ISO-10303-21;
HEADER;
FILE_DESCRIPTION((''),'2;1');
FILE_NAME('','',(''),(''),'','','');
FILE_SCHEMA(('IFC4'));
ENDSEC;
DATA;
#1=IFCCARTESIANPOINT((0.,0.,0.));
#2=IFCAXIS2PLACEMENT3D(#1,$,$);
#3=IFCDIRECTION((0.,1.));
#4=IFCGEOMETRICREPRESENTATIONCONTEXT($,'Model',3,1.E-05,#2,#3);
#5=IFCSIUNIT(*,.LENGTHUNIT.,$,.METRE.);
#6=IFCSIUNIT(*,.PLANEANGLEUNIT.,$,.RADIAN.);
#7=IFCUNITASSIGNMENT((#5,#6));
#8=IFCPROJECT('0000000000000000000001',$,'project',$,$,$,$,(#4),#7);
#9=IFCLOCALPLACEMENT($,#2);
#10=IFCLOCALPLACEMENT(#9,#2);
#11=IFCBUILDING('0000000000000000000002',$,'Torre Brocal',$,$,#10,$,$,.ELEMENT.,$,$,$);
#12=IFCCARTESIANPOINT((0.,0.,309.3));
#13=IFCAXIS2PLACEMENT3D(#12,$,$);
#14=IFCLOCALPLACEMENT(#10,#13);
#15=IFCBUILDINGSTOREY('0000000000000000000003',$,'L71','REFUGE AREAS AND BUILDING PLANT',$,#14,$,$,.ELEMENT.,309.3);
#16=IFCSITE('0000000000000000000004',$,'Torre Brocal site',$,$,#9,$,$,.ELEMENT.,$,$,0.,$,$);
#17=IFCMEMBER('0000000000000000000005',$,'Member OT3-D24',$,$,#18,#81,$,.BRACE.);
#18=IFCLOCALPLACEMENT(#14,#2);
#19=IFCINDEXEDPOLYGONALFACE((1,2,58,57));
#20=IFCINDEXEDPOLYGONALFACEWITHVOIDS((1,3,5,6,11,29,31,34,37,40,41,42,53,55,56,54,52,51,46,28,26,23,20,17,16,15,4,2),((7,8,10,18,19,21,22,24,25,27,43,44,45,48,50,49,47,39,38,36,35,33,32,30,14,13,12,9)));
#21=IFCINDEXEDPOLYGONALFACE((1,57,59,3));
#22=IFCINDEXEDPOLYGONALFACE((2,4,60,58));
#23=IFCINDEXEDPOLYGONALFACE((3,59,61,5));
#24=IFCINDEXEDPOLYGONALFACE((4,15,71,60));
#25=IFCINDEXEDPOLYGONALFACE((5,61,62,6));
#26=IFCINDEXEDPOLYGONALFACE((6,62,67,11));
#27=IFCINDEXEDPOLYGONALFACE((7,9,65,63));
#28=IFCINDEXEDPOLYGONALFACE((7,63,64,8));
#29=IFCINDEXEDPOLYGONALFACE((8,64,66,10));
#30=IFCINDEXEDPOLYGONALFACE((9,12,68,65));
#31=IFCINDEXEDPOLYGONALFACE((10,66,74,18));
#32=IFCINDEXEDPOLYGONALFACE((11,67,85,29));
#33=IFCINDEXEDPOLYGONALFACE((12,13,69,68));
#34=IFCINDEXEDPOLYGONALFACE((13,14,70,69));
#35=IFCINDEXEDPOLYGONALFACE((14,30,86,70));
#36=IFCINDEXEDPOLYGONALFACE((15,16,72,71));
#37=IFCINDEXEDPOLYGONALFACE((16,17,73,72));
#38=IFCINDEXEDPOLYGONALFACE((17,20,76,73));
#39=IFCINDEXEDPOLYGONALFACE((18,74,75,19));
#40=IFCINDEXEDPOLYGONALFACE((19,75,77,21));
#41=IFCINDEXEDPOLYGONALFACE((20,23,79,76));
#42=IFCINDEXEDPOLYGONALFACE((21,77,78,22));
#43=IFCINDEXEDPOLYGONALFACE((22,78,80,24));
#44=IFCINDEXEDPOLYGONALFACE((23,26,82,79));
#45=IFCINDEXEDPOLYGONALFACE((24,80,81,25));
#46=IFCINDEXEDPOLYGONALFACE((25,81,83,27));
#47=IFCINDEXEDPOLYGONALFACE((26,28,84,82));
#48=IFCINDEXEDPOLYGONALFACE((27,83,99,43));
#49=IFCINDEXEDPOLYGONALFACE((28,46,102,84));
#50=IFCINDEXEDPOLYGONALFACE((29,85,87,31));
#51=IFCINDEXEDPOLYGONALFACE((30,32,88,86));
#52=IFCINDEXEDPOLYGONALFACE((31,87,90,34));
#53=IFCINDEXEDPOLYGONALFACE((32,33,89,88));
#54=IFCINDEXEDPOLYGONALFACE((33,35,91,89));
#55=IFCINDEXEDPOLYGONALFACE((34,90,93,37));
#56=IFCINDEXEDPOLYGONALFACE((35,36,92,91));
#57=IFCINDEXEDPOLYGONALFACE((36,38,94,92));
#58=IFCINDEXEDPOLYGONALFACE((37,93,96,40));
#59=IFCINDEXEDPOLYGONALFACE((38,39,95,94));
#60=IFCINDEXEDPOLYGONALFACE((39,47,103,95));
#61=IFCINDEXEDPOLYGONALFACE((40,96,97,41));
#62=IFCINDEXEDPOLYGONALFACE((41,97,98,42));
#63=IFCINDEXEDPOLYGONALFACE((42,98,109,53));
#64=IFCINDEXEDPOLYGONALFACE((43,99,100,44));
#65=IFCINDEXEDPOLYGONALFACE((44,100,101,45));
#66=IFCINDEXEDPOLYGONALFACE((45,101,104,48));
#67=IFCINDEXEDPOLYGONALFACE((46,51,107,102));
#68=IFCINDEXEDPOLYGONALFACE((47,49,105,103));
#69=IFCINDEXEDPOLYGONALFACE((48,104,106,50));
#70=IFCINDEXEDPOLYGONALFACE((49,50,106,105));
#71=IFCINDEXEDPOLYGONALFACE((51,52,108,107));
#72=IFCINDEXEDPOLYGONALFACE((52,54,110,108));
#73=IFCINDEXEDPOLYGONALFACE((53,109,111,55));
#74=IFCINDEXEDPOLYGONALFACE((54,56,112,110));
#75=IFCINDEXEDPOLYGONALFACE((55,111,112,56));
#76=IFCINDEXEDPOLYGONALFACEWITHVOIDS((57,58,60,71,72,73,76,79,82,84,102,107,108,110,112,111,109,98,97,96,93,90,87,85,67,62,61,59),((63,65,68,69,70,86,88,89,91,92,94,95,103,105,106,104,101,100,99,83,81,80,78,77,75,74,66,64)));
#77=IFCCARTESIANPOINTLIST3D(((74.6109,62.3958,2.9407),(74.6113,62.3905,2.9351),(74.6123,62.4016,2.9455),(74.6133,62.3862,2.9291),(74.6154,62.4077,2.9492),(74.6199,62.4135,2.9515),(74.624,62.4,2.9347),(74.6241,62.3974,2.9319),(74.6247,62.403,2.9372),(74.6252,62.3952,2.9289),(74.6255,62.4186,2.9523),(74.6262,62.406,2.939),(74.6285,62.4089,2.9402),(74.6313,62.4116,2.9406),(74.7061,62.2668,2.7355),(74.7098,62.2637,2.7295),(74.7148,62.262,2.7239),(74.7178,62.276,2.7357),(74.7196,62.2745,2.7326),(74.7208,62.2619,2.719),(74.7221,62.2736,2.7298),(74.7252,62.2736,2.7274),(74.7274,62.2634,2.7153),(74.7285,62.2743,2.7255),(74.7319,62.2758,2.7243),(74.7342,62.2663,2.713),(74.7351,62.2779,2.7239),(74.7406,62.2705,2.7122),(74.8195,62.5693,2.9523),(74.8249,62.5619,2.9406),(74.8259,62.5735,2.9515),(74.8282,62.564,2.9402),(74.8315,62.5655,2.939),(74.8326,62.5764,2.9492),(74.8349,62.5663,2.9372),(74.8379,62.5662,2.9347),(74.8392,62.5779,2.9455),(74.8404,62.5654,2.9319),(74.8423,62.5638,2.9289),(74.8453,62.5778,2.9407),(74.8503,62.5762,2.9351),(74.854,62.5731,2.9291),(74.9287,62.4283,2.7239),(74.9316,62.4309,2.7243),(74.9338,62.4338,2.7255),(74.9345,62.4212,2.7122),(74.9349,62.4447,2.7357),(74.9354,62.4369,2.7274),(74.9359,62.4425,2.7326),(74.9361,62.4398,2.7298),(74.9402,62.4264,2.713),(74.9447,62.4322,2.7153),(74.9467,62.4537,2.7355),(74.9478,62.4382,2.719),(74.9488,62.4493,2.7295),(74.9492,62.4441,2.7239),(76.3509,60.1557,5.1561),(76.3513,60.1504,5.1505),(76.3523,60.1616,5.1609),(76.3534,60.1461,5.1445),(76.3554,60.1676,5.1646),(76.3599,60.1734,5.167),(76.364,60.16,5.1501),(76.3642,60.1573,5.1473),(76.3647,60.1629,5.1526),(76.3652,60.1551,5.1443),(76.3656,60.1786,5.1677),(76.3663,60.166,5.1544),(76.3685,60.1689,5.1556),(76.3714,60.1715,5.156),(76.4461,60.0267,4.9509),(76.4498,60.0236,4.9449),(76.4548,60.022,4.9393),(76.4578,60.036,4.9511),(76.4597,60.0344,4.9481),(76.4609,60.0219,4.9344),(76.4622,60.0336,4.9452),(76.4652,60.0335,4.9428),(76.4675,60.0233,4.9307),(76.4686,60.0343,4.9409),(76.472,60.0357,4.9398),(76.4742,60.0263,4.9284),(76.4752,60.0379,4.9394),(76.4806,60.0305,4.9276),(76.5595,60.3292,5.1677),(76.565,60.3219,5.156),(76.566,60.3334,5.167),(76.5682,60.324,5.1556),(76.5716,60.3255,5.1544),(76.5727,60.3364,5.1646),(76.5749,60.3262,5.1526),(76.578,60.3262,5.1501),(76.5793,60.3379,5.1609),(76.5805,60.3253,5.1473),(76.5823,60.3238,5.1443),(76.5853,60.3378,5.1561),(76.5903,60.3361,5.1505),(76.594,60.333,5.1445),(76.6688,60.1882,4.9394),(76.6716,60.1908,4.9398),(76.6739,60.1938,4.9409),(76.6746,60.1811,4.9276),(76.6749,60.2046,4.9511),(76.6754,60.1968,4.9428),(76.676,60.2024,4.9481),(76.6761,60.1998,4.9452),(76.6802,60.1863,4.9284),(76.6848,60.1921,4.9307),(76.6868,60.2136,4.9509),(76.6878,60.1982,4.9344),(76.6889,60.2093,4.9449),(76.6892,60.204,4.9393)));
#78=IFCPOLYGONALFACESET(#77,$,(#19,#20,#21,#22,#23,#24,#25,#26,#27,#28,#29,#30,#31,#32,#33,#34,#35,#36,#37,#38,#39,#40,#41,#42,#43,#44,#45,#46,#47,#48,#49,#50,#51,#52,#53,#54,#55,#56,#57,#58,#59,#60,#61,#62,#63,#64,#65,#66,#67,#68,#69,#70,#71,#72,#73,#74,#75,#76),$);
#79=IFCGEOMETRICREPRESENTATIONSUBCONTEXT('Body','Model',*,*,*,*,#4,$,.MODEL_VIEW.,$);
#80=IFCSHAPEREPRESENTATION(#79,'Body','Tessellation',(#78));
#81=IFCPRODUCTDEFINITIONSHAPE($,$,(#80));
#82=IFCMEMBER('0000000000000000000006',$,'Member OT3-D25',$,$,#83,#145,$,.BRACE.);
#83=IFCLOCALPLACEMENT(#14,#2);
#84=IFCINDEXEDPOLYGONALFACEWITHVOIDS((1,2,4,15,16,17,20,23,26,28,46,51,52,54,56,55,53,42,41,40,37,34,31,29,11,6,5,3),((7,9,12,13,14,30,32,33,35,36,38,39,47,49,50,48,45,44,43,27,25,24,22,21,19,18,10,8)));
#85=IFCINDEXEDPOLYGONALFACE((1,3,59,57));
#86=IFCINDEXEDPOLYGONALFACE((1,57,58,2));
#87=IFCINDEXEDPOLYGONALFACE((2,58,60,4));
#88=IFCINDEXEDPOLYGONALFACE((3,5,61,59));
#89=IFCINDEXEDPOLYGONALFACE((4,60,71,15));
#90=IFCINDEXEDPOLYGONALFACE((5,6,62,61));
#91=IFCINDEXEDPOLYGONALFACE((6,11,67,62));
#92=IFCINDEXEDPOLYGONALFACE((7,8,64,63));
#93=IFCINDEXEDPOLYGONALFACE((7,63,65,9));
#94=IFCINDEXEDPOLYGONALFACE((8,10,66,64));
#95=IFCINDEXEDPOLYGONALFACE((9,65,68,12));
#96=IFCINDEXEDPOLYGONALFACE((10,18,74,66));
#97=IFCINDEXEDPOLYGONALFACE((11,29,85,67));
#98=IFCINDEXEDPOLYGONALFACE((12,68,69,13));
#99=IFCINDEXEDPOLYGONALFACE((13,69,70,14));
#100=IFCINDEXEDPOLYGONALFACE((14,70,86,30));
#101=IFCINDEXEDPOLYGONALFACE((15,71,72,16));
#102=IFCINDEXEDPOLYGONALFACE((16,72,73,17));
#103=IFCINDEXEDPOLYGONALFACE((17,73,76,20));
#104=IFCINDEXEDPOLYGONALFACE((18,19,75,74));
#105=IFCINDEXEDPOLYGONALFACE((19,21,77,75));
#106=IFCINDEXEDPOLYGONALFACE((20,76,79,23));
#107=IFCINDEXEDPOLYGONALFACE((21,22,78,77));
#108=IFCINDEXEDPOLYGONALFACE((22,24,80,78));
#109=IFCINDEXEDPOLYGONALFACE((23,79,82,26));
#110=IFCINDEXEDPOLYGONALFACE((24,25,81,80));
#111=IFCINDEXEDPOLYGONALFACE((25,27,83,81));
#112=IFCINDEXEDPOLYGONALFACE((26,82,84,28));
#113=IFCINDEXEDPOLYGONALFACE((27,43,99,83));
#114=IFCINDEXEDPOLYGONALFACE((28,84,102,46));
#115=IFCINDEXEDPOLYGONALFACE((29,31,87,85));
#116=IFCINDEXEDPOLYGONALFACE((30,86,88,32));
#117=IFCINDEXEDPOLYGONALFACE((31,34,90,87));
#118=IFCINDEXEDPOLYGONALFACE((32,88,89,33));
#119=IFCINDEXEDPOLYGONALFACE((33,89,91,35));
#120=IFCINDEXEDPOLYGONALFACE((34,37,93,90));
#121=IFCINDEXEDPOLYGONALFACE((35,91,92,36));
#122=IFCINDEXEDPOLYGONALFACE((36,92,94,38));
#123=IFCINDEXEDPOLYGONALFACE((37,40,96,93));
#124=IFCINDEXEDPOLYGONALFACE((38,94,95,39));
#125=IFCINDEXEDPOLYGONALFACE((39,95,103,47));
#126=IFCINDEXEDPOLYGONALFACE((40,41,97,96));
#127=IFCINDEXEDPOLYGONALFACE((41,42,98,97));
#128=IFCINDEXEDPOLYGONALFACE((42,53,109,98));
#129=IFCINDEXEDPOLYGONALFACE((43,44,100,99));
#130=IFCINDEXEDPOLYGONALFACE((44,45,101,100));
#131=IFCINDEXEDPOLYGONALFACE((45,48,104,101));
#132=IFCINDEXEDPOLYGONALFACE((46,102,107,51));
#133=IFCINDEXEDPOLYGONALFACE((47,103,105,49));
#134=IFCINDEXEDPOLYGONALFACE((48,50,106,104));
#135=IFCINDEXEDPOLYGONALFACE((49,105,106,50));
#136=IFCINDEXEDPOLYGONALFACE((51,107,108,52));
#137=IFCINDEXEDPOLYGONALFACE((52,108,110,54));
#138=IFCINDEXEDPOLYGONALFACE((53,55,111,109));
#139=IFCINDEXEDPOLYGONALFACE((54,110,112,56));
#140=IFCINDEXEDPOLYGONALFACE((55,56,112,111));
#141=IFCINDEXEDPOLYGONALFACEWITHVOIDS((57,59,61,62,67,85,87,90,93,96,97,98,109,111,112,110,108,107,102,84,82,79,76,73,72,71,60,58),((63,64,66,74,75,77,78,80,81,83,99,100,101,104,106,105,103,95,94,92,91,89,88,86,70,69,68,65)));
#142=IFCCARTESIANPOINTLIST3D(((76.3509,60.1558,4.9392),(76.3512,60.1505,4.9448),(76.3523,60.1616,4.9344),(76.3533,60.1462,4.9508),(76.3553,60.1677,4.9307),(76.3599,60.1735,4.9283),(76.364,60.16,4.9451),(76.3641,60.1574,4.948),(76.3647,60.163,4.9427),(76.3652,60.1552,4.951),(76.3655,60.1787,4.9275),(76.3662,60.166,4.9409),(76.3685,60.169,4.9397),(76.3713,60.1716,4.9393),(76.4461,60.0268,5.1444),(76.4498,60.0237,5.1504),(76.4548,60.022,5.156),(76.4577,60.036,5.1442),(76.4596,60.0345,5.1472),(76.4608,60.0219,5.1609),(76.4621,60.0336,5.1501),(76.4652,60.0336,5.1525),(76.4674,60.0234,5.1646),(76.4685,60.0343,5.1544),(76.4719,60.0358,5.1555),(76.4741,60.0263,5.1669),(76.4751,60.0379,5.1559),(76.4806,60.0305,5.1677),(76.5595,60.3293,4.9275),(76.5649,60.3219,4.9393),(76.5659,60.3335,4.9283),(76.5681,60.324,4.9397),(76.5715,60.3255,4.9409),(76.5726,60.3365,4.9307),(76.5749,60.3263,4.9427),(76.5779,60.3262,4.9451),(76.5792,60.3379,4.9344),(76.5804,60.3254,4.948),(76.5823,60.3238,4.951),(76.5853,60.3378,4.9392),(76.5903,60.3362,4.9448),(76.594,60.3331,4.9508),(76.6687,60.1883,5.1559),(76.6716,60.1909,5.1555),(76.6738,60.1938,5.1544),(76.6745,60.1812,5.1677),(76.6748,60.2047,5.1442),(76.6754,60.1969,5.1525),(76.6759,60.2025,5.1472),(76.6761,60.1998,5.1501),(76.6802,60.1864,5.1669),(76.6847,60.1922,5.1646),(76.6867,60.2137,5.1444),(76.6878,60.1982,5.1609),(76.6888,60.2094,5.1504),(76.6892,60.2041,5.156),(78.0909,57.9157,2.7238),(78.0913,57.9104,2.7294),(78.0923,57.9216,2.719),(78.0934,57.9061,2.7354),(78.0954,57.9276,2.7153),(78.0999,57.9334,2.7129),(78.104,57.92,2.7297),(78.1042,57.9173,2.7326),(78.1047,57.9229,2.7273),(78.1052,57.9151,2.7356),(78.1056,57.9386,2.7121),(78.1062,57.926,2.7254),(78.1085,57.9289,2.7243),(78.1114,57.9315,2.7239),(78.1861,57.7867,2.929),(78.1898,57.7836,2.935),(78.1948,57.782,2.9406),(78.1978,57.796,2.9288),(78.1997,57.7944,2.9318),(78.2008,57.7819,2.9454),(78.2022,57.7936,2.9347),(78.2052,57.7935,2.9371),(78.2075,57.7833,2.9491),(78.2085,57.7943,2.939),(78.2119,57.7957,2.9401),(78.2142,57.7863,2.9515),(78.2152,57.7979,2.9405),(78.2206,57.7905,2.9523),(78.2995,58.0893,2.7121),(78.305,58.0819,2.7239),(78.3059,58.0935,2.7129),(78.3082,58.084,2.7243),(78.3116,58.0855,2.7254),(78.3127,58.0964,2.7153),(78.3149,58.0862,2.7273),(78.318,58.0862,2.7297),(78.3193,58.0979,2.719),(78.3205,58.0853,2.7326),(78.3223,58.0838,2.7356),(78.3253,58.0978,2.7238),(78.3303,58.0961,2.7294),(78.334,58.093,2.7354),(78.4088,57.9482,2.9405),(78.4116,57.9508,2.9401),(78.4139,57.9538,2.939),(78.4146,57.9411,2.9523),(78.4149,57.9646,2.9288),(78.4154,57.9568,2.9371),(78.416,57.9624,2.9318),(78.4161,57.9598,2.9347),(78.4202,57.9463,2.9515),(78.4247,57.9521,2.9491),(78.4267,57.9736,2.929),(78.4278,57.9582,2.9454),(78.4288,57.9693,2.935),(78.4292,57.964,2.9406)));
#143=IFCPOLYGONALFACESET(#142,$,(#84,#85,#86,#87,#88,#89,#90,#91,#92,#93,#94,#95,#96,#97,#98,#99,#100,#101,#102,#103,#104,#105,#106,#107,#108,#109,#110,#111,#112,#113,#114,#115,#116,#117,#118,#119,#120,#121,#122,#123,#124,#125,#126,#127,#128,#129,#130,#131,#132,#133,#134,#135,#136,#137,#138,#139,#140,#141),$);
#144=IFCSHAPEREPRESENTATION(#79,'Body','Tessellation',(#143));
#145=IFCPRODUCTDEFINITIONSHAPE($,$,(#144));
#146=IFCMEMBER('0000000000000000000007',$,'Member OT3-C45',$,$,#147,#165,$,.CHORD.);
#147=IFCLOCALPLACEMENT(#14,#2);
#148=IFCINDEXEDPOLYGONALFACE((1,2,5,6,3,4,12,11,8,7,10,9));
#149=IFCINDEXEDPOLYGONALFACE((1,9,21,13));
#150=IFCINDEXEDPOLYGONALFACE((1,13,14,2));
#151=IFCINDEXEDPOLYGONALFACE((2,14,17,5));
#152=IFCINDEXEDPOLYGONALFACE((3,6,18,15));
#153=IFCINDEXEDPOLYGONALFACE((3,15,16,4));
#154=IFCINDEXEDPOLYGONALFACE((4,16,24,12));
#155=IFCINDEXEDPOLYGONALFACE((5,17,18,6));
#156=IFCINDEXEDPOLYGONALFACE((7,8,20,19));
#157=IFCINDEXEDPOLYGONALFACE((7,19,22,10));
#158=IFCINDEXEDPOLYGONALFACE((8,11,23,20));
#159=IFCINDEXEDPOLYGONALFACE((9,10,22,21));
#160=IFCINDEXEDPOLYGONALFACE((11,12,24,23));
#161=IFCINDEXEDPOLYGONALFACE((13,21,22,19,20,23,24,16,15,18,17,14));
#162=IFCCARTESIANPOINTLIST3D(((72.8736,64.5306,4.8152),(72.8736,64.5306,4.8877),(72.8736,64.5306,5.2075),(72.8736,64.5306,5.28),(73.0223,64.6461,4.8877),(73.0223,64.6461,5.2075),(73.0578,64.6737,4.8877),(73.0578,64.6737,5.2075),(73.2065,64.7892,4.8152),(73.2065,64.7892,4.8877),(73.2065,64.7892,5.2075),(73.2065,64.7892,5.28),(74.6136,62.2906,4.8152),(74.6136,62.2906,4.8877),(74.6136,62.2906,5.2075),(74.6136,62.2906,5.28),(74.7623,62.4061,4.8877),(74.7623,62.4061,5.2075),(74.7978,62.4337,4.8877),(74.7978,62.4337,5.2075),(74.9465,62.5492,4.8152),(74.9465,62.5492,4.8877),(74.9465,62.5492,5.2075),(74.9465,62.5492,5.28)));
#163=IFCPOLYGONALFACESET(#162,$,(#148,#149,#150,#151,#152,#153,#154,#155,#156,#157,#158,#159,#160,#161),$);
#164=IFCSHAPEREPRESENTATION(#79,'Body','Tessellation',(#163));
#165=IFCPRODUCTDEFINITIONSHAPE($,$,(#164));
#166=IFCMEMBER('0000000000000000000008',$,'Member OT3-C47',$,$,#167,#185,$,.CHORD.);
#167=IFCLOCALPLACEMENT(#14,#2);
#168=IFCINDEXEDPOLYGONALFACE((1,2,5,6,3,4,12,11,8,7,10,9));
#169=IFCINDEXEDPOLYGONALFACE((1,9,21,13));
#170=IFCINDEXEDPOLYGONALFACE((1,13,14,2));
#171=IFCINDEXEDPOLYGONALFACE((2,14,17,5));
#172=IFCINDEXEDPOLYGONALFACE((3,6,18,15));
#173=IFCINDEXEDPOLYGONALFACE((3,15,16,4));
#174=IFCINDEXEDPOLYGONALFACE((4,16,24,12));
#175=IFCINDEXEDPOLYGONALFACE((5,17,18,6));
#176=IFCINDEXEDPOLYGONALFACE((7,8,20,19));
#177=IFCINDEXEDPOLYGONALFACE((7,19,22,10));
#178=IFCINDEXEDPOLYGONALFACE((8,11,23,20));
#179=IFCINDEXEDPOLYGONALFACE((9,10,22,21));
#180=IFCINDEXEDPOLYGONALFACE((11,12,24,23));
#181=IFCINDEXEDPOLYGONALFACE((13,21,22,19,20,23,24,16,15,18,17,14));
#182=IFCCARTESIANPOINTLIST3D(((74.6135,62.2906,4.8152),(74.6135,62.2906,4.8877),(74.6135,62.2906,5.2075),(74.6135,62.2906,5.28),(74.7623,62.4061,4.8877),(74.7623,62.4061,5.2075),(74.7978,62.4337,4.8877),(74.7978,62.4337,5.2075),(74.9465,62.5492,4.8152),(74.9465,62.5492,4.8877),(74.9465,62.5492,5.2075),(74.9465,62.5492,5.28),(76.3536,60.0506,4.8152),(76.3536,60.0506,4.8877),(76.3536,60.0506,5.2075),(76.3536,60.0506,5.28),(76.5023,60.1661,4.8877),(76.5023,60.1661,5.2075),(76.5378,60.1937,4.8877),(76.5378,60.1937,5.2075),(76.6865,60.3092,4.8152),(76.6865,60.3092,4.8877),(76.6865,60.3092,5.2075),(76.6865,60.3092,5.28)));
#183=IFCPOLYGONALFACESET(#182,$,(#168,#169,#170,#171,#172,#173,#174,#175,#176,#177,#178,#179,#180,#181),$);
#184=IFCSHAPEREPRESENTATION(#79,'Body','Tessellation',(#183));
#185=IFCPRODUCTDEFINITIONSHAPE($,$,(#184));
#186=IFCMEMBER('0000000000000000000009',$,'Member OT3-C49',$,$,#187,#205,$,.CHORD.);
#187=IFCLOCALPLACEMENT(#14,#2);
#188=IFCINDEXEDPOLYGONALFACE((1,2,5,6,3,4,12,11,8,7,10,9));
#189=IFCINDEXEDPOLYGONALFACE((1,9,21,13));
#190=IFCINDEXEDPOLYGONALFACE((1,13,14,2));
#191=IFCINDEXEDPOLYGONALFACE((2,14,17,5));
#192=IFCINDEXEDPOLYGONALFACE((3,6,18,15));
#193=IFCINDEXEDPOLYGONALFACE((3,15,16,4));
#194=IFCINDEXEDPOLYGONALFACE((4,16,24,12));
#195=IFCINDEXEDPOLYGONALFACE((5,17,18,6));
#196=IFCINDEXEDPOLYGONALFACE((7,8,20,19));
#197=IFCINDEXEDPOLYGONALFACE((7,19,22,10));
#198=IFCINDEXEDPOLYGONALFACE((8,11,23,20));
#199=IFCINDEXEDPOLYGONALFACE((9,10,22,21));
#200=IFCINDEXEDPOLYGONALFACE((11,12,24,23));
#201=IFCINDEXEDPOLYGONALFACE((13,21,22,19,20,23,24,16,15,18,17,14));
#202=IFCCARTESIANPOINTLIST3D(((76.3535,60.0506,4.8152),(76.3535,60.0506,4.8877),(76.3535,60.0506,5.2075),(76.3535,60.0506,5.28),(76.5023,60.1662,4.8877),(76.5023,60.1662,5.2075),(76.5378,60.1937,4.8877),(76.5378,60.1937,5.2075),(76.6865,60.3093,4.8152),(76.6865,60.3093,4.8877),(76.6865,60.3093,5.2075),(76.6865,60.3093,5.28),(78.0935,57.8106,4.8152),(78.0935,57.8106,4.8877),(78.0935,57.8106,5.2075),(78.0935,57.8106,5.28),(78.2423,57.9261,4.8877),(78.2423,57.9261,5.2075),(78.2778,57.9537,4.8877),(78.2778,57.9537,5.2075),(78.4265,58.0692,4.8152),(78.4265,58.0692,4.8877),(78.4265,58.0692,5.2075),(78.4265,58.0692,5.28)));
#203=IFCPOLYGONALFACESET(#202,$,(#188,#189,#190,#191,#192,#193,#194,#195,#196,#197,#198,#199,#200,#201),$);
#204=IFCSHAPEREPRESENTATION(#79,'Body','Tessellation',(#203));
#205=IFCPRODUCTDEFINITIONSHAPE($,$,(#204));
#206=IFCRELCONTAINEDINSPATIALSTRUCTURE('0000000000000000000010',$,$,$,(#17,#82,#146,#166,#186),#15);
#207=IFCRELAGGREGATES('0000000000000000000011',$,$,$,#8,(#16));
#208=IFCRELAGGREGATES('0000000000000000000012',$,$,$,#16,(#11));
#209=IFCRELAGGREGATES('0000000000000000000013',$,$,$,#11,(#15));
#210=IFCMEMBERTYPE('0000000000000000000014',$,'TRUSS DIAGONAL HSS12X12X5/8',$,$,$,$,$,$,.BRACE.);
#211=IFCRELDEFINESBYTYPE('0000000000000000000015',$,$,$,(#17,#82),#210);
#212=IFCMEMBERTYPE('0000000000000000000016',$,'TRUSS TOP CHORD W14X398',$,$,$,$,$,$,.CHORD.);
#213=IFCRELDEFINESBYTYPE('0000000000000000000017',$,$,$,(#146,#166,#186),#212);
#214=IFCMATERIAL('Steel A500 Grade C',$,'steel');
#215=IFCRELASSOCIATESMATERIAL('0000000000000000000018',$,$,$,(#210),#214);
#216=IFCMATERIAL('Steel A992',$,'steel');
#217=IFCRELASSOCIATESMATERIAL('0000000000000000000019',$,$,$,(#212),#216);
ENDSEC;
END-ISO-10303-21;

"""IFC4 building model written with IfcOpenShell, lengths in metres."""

from ifc_helpers import new_model, si_unit, direction, frame, origin, origin_2d, place, context, subcontext, project, spatial, hollow_rectangle, i_section, extrude, material, material_profile, profile_set, type_object, element, save


model = new_model("IFC4")

# Units and contexts
model_context = context("Model", 3, precision=1e-05, world=origin(), true_north=direction((0.0, 1.0)))
body_context = subcontext(model_context, "Body", "Model", "MODEL_VIEW")
ifc_project = project(units=[si_unit("LENGTHUNIT", "METRE"), si_unit("PLANEANGLEUNIT", "RADIAN")], contexts=[model_context])

# Site, building, storey
site_placement = place(None, origin())
site = spatial("IfcSite", under=ifc_project, at=site_placement, Name="Torre Brocal site", CompositionType="ELEMENT", RefElevation=0.0)
building_placement = place(site_placement, origin())
building = spatial("IfcBuilding", under=site, at=building_placement, Name="Torre Brocal", CompositionType="ELEMENT")
storey_placement = place(building_placement, frame((0.0, 0.0, 309.3)))
storey = spatial("IfcBuildingStorey", under=building, at=storey_placement, Name="L71", Description="REFUGE AREAS AND BUILDING PLANT", CompositionType="ELEMENT", Elevation=309.3)

# Members
ifc_material_1 = material(Name="Steel A500 Grade C", Category="steel")
ifc_material_profile_1 = material_profile(ifc_material_1, hollow_rectangle(XDim=0.3047, YDim=0.3047, WallThickness=0.0149, InnerFilletRadius=0.0149, OuterFilletRadius=0.0295, at=origin_2d()), Name="HSS12X12X5/8")
ifc_profile_set_1 = profile_set([ifc_material_profile_1], Name="Steel A500 Grade C")
member_type_1 = type_object("IfcMemberType", Name="TRUSS DIAGONAL HSS12X12X5/8", PredefinedType="BRACE", material=ifc_profile_set_1)
for number, where, z_axis, x_axis, name in (
    (1, (74.78, 62.4199, 2.8323), (0.483465, -0.622392, 0.615541), (0.789732, 0.613452, 0.0), "Member OT3-D24"),
    (2, (76.52, 60.1799, 5.0476), (0.483465, -0.622392, -0.615541), (0.789732, 0.613452, 0.0), "Member OT3-D25"),
):
    element("IfcMember", number, at=place(storey_placement, frame(where, z_axis=z_axis, x_axis=x_axis)), inside=storey, type_object=member_type_1, Name=name, PredefinedType="BRACE", context=body_context, shape_type="SweptSolid", body=[
        extrude(hollow_rectangle(XDim=0.3047, YDim=0.3047, WallThickness=0.0149, InnerFilletRadius=0.0149, OuterFilletRadius=0.0295, at=origin_2d()), origin(), (0.0, 0.0, 1.0), 3.5991),
    ])
ifc_material_2 = material(Name="Steel A992", Category="steel")
ifc_material_profile_2 = material_profile(ifc_material_2, i_section(OverallWidth=0.4216, OverallDepth=0.4648, WebThickness=0.0449, FlangeThickness=0.0725, at=origin_2d()), Name="W14X398")
ifc_profile_set_2 = profile_set([ifc_material_profile_2], Name="Steel A992")
member_type_2 = type_object("IfcMemberType", Name="TRUSS TOP CHORD W14X398", PredefinedType="CHORD", material=ifc_profile_set_2)
for number, where, z_axis, x_axis, name in (
    (3, (73.04, 64.6599, 5.0476), (0.613452, -0.789732, 0.0), (0.789732, 0.613452, 0.0), "Member OT3-C45"),
    (4, (74.78, 62.4199, 5.0476), (0.613452, -0.789732, 0.0), (0.789732, 0.613452, 0.0), "Member OT3-C47"),
    (5, (76.52, 60.1799, 5.0476), (0.613452, -0.789732, 0.0), (0.789732, 0.613452, 0.0), "Member OT3-C49"),
):
    element("IfcMember", number, at=place(storey_placement, frame(where, z_axis=z_axis, x_axis=x_axis)), inside=storey, type_object=member_type_2, Name=name, PredefinedType="CHORD", context=body_context, shape_type="SweptSolid", body=[
        extrude(i_section(OverallWidth=0.4216, OverallDepth=0.4648, WebThickness=0.0449, FlangeThickness=0.0725, at=origin_2d()), origin(), (0.0, 0.0, 1.0), 2.8364),
    ])

save(model, "model.ifc")
